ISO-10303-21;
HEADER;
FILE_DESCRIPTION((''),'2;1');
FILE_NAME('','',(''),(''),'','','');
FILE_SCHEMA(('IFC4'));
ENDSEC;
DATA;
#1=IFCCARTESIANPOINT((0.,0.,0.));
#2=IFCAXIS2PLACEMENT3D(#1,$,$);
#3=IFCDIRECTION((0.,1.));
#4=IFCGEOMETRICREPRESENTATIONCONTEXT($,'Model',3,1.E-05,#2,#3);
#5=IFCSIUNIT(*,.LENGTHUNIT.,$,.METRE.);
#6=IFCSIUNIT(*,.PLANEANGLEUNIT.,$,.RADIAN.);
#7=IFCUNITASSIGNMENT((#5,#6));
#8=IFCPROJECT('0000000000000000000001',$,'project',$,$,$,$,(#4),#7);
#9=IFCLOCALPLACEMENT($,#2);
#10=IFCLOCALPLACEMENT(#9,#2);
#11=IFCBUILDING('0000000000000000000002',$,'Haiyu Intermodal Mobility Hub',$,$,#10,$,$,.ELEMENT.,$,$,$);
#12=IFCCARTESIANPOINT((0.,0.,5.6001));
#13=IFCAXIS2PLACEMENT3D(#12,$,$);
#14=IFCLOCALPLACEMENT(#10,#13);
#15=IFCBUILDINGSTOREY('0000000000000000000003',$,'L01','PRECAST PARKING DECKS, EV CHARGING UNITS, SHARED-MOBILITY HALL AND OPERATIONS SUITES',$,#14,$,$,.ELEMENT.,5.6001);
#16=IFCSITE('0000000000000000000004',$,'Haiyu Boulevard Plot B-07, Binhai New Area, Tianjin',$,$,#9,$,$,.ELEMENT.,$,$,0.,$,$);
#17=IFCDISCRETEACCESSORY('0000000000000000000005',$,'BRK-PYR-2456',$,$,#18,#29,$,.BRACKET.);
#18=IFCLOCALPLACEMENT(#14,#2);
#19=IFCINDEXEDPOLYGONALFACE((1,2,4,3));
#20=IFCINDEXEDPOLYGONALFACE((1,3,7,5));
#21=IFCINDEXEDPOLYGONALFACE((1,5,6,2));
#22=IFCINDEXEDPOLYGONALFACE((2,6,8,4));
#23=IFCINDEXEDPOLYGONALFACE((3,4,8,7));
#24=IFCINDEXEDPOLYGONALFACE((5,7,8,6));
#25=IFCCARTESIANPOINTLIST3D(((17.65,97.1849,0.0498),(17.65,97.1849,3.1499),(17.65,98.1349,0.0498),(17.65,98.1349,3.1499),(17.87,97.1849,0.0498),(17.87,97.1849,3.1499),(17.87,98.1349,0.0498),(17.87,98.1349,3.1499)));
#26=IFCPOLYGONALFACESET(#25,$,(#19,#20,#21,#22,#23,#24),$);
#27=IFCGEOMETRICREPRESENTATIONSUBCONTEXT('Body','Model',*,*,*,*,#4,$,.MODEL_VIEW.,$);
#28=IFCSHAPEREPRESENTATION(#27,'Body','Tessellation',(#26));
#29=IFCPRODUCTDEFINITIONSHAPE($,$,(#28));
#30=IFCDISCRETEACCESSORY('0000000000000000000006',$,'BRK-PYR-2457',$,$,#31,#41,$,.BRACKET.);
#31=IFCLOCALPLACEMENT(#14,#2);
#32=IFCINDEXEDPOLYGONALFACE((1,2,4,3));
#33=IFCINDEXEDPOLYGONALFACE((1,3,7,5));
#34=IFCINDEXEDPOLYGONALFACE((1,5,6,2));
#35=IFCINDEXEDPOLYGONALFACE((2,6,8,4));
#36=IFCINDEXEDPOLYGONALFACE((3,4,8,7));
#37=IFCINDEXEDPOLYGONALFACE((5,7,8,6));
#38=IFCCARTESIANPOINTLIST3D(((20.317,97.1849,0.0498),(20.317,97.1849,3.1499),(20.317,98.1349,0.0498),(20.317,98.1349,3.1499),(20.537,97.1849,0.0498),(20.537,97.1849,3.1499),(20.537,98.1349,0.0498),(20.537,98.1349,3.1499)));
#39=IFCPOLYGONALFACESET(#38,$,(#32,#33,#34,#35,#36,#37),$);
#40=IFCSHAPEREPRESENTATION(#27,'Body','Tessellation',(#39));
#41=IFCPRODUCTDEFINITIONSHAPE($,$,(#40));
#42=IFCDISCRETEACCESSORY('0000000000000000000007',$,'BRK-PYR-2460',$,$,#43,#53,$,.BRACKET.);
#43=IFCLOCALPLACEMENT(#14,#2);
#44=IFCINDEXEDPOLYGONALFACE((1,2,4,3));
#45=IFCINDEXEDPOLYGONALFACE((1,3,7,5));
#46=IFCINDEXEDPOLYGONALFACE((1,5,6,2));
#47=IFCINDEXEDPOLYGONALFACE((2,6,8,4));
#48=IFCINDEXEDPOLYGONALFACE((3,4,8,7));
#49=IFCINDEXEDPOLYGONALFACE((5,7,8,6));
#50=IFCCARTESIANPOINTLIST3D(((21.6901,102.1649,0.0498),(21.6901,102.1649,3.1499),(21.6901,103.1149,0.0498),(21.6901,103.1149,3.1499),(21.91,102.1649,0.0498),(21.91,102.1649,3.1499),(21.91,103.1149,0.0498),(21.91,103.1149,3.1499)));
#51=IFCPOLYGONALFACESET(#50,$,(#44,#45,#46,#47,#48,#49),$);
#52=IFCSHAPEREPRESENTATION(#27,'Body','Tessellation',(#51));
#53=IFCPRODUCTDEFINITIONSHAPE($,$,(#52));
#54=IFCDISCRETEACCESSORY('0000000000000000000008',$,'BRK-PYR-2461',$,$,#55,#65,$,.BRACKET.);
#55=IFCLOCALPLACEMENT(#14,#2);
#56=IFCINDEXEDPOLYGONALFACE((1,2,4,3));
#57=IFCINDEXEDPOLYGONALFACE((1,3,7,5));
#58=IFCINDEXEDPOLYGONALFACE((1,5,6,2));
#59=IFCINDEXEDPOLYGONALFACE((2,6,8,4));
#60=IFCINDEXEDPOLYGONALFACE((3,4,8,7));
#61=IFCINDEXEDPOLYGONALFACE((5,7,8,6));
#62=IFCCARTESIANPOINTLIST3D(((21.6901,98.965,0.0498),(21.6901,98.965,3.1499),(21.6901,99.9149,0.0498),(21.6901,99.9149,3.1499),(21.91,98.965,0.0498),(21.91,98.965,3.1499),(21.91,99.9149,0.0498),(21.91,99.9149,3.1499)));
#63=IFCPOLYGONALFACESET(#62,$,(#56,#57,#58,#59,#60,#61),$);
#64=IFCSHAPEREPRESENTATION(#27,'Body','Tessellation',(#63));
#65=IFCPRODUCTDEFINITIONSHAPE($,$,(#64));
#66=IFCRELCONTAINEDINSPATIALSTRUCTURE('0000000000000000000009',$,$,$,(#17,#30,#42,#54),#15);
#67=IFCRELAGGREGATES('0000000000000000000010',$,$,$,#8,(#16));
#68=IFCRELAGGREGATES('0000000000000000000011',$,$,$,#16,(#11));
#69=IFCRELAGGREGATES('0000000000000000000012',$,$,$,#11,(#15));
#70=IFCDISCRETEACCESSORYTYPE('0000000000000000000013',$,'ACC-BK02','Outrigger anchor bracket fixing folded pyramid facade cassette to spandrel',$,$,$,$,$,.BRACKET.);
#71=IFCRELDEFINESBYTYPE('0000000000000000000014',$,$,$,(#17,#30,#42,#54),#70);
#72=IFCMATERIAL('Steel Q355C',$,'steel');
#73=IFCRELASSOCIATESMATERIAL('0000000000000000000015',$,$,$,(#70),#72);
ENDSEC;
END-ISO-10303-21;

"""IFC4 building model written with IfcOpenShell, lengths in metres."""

from ifc_helpers import new_model, si_unit, direction, frame, origin, origin_2d, place, context, subcontext, project, spatial, rectangle, extrude, material, type_object, element, save


model = new_model("IFC4")

# Units and contexts
model_context = context("Model", 3, precision=1e-05, world=origin(), true_north=direction((0.0, 1.0)))
body_context = subcontext(model_context, "Body", "Model", "MODEL_VIEW")
ifc_project = project(units=[si_unit("LENGTHUNIT", "METRE"), si_unit("PLANEANGLEUNIT", "RADIAN")], contexts=[model_context])

# Site, building, storey
site_placement = place(None, origin())
site = spatial("IfcSite", under=ifc_project, at=site_placement, Name="Haiyu Boulevard Plot B-07, Binhai New Area, Tianjin", CompositionType="ELEMENT", RefElevation=0.0)
building_placement = place(site_placement, origin())
building = spatial("IfcBuilding", under=site, at=building_placement, Name="Haiyu Intermodal Mobility Hub", CompositionType="ELEMENT")
storey_placement = place(building_placement, frame((0.0, 0.0, 5.6001)))
storey = spatial("IfcBuildingStorey", under=building, at=storey_placement, Name="L01", Description="PRECAST PARKING DECKS, EV CHARGING UNITS, SHARED-MOBILITY HALL AND OPERATIONS SUITES", CompositionType="ELEMENT", Elevation=5.6001)

# Shared definitions
ifc_material_1 = material(Name="Steel Q355C", Category="steel")

# Discrete accessories
discrete_accessory_type = type_object("IfcDiscreteAccessoryType", Name="ACC-BK02", Description="Outrigger anchor bracket fixing folded pyramid facade cassette to spandrel", PredefinedType="BRACKET", material=ifc_material_1)
for number, where, z_axis, x_axis, name in (
    (1, (17.76, 97.6599, 0.0498), (0.0, 0.0, 1.0), (1.0, 0.0, 0.0), "BRK-PYR-2456"),
    (2, (20.427, 97.6599, 0.0498), (0.0, 0.0, 1.0), (1.0, 0.0, 0.0), "BRK-PYR-2457"),
    (3, (21.8, 102.6399, 0.0498), (0.0, 0.0, 1.0), (1.0, 0.0, 0.0), "BRK-PYR-2460"),
    (4, (21.8, 99.4399, 0.0498), (0.0, 0.0, 1.0), (1.0, 0.0, 0.0), "BRK-PYR-2461"),
):
    element("IfcDiscreteAccessory", number, at=place(storey_placement, frame(where, z_axis=z_axis, x_axis=x_axis)), inside=storey, type_object=discrete_accessory_type, Name=name, PredefinedType="BRACKET", context=body_context, shape_type="SweptSolid", body=[
        extrude(rectangle(XDim=0.22, YDim=0.95, at=origin_2d()), origin(), (0.0, 0.0, 1.0), 3.1001),
    ])

save(model, "model.ifc")
